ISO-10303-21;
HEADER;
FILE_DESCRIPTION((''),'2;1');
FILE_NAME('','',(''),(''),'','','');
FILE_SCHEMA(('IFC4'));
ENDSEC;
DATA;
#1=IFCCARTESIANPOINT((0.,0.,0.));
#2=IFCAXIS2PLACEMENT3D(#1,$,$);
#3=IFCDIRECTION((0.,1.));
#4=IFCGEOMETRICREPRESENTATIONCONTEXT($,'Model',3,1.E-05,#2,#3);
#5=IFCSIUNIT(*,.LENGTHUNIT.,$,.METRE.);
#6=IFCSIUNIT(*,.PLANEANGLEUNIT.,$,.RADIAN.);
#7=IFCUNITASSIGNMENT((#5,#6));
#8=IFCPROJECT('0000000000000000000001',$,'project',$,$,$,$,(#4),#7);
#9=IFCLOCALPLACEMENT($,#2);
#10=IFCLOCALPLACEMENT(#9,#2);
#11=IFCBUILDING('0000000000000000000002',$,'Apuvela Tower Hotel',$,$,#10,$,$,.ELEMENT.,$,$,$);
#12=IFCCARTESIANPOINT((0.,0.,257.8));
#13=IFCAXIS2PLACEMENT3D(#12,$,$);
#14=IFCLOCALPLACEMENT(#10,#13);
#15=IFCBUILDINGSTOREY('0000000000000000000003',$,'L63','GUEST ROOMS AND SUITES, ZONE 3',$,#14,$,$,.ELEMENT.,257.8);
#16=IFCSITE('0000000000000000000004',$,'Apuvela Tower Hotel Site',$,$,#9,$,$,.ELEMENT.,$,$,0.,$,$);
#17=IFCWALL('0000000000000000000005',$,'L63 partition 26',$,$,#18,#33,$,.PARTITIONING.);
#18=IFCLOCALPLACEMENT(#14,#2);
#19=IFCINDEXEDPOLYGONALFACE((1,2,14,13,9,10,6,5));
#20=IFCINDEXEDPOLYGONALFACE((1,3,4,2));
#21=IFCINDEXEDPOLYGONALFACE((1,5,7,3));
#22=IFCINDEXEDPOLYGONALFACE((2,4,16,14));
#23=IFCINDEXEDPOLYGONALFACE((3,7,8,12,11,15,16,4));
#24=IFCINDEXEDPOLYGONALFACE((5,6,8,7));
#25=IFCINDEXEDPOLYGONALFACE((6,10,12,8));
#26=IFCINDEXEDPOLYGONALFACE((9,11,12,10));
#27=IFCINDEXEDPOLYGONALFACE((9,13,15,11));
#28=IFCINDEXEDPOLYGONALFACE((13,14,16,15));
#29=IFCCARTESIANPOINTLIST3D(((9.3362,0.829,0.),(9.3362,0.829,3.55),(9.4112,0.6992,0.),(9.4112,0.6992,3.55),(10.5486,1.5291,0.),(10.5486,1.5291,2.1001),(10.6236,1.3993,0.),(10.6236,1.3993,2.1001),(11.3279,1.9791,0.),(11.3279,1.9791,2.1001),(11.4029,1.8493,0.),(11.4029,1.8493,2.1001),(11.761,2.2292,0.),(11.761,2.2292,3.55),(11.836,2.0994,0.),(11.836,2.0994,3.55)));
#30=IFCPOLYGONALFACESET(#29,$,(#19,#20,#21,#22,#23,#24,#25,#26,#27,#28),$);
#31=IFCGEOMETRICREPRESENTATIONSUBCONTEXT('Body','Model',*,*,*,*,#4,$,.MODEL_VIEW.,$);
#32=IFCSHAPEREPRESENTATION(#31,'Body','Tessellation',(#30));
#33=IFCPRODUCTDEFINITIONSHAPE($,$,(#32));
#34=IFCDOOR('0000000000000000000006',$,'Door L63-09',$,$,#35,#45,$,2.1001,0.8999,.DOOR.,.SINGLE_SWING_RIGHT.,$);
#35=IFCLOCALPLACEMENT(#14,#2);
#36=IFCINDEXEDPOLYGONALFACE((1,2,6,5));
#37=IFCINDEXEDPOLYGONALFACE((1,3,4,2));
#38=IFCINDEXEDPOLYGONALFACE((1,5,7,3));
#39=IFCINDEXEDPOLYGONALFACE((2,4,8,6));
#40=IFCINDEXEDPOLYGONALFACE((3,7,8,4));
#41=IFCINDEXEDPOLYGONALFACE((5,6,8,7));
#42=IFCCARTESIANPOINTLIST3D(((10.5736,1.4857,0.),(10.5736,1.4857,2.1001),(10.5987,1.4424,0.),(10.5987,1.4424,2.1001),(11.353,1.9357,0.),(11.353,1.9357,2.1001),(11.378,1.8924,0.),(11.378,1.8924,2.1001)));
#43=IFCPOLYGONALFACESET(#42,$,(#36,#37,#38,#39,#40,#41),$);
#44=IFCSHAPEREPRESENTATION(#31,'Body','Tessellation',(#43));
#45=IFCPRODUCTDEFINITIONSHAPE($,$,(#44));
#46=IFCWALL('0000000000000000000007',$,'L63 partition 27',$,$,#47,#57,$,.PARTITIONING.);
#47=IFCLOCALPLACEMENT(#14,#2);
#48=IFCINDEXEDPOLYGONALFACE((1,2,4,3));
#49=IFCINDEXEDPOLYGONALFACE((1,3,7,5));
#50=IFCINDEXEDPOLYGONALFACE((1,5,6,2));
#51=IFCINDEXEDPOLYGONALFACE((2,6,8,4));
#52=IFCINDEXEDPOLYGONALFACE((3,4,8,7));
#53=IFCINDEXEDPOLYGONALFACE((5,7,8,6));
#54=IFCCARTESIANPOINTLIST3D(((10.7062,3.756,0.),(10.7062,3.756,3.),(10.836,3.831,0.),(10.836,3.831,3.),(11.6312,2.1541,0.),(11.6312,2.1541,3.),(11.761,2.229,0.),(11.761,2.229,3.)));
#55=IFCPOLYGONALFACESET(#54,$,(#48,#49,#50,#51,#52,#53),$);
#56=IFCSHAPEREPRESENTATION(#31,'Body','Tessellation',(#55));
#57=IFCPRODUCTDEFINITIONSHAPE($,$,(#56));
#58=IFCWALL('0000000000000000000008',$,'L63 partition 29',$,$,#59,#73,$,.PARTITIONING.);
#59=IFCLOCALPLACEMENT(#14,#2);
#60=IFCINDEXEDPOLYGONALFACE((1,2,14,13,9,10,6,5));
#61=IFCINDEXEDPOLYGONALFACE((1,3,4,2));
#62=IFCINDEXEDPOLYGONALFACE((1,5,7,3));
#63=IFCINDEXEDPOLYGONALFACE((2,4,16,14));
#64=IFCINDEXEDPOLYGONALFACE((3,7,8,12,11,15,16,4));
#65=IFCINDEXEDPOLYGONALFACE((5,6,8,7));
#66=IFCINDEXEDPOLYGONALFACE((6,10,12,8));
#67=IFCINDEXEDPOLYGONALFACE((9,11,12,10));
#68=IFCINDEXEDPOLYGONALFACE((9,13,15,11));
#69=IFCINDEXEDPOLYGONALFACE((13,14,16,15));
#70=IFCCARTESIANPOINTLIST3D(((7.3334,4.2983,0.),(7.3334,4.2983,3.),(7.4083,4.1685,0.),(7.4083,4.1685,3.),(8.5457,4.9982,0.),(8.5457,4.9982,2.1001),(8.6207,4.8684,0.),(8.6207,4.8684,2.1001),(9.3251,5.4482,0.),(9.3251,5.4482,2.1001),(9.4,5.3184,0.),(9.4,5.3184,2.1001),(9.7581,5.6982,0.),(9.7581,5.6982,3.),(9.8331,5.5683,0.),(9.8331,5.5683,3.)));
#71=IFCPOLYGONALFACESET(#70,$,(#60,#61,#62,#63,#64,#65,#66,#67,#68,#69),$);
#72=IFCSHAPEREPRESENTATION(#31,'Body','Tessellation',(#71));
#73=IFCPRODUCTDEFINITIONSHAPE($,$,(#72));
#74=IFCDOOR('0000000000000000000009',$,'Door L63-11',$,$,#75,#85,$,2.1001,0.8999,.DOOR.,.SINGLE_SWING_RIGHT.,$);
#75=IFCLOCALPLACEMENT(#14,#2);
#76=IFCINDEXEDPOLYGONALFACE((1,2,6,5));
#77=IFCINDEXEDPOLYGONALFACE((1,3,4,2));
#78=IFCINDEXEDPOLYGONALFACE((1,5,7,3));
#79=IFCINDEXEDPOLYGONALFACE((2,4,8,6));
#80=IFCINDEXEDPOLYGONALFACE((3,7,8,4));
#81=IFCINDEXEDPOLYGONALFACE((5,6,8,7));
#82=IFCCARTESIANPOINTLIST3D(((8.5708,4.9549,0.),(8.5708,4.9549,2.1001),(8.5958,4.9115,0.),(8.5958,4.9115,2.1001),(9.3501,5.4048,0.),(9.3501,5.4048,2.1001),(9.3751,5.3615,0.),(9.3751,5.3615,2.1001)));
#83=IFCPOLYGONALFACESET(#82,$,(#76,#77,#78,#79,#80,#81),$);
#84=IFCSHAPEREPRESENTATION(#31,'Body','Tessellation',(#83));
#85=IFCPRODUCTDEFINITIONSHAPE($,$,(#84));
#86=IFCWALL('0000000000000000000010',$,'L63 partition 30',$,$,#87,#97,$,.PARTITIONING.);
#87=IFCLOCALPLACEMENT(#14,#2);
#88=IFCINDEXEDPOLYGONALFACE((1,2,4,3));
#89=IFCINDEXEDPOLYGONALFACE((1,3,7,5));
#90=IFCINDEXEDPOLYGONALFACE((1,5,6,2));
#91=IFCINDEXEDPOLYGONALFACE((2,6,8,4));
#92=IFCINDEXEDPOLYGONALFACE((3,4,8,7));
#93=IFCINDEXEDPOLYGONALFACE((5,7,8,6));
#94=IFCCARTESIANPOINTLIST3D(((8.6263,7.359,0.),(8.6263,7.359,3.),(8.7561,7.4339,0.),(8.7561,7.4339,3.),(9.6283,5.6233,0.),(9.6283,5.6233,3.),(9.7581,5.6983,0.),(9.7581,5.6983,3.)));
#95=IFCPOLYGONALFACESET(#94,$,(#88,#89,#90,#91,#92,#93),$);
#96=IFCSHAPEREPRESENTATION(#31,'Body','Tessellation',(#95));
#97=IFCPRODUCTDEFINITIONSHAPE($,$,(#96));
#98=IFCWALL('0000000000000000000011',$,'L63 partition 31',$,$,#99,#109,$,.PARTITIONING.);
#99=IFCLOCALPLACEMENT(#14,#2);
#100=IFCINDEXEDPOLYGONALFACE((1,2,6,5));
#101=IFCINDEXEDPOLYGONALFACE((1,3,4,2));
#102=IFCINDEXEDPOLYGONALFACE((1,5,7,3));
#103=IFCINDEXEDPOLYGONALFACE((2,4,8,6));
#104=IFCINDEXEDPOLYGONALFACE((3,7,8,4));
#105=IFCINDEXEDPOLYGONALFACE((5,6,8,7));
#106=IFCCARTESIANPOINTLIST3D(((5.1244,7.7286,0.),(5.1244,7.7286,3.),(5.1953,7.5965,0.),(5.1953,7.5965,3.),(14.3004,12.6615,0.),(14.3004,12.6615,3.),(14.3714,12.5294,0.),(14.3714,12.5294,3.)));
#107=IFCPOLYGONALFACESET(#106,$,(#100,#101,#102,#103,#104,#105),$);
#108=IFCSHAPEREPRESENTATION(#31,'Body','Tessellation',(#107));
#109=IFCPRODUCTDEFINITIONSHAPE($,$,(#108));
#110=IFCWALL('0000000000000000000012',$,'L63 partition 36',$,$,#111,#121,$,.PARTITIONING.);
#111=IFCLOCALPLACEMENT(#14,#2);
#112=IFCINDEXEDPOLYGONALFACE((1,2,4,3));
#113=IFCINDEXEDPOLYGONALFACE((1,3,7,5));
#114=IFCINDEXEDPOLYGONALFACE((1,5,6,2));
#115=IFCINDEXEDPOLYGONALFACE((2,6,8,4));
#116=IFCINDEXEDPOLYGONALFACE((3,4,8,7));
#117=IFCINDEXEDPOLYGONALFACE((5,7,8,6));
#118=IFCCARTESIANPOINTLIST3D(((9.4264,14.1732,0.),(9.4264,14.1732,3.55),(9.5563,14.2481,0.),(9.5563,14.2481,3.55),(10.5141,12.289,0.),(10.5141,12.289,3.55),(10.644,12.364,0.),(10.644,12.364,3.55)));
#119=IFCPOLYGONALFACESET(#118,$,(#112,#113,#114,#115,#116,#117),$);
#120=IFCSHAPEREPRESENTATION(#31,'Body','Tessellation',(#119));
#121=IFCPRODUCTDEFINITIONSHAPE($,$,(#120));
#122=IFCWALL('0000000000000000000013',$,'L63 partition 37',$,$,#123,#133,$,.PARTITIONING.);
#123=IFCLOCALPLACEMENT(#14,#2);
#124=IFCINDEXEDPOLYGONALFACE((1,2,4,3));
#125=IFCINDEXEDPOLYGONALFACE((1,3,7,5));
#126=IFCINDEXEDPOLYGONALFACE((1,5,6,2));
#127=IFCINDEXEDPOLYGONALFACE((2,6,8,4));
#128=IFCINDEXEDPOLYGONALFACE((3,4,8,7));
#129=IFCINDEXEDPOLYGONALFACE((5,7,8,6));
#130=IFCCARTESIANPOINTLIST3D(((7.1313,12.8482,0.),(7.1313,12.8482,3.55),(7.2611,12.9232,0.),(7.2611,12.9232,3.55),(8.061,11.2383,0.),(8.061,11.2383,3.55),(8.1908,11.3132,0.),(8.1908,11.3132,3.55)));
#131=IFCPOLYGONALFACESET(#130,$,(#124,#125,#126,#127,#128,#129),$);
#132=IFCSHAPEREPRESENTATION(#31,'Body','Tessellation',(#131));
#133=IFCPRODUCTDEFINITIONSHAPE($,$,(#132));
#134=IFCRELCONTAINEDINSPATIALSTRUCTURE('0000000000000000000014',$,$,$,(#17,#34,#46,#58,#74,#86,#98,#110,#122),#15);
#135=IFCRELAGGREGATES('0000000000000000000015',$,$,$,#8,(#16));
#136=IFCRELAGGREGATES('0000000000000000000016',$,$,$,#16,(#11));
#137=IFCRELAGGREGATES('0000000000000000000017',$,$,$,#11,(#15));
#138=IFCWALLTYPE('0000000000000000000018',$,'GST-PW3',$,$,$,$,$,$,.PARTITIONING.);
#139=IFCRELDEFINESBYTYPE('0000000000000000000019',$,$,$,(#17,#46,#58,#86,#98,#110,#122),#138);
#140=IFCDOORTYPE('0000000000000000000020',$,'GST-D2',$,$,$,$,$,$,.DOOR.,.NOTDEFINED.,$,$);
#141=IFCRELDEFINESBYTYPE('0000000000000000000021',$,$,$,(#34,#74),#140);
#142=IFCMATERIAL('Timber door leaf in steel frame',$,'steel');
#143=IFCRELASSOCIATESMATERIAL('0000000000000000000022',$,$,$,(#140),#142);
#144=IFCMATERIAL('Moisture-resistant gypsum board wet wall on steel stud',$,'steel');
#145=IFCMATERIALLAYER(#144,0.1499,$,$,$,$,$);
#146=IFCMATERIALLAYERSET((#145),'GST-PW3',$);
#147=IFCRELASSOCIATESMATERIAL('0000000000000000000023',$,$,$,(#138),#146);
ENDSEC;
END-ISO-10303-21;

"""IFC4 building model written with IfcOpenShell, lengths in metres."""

from ifc_helpers import new_model, si_unit, direction, frame, frame_2d, origin, place, context, subcontext, project, spatial, rectangle, extrude, material, layer, layer_set, type_object, element, fill, save


model = new_model("IFC4")

# Units and contexts
model_context = context("Model", 3, precision=1e-05, world=origin(), true_north=direction((0.0, 1.0)))
body_context = subcontext(model_context, "Body", "Model", "MODEL_VIEW")
ifc_project = project(units=[si_unit("LENGTHUNIT", "METRE"), si_unit("PLANEANGLEUNIT", "RADIAN")], contexts=[model_context])

# Site, building, storey
site_placement = place(None, origin())
site = spatial("IfcSite", under=ifc_project, at=site_placement, Name="Apuvela Tower Hotel Site", CompositionType="ELEMENT", RefElevation=0.0)
building_placement = place(site_placement, origin())
building = spatial("IfcBuilding", under=site, at=building_placement, Name="Apuvela Tower Hotel", CompositionType="ELEMENT")
storey_placement = place(building_placement, frame((0.0, 0.0, 257.8)))
storey = spatial("IfcBuildingStorey", under=building, at=storey_placement, Name="L63", Description="GUEST ROOMS AND SUITES, ZONE 3", CompositionType="ELEMENT", Elevation=257.8)

# Wall, opening, door
ifc_material_1 = material(Name="Timber door leaf in steel frame", Category="steel")
door_type_1 = type_object("IfcDoorType", Name="GST-D2", OperationType="NOTDEFINED", PredefinedType="DOOR", material=ifc_material_1)
ifc_material_2 = material(Name="Moisture-resistant gypsum board wet wall on steel stud", Category="steel")
ifc_layer_1 = layer(ifc_material_2, 0.1499)
ifc_layer_set_1 = layer_set([ifc_layer_1], Name="GST-PW3")
wall_type_1 = type_object("IfcWallType", Name="GST-PW3", PredefinedType="PARTITIONING", material=ifc_layer_set_1)
wall_1_placement = place(storey_placement, frame((9.3738, 0.7642, 0.0), z_axis=(0.0, 0.0, 1.0), x_axis=(0.865997, 0.50005, 0.0)))
wall_1 = element("IfcWall", 1, at=wall_1_placement, inside=storey, type_object=wall_type_1, Name="L63 partition 26", PredefinedType="PARTITIONING", context=body_context, shape_type="SweptSolid", body=[
    extrude(rectangle(XDim=2.8, YDim=0.1499, at=frame_2d((1.3999, 0.0))), origin(), (0.0, 0.0, 1.0), 3.55),
])
opening_1_placement = place(wall_1_placement, frame((1.3999, 0.0, 0.0)))
opening_1 = element("IfcOpeningElement", 2, at=opening_1_placement, cuts=wall_1, PredefinedType="OPENING", context=body_context, shape_type="SweptSolid", body=[
    extrude(rectangle(XDim=0.8999, YDim=2.1001, at=frame_2d((0.45, 1.05))), frame((0.0, 0.085, 0.0), z_axis=(0.0, -1.0, 0.0), x_axis=(1.0, 0.0, 0.0)), (0.0, 0.0, 1.0), 0.1699),
])
door_1_placement = place(opening_1_placement, origin())
door_1 = element("IfcDoor", 3, at=door_1_placement, inside=storey, type_object=door_type_1, Name="Door L63-09", OperationType="SINGLE_SWING_RIGHT", OverallHeight=2.1001, OverallWidth=0.8999, PredefinedType="DOOR", context=body_context, shape_type="SweptSolid", body=[
    extrude(rectangle(XDim=0.8999, YDim=2.1001, at=frame_2d((0.45, 1.05))), frame((0.0, 0.0249, 0.0), z_axis=(0.0, -1.0, 0.0), x_axis=(1.0, 0.0, 0.0)), (0.0, 0.0, 1.0), 0.05),
])
fill(opening_1, door_1)

# Wall
wall_2_placement = place(storey_placement, frame((11.696, 2.1917, 0.0), z_axis=(0.0, 0.0, 1.0), x_axis=(-0.500042, 0.866001, 0.0)))
element("IfcWall", 4, at=wall_2_placement, inside=storey, type_object=wall_type_1, Name="L63 partition 27", PredefinedType="PARTITIONING", context=body_context, shape_type="SweptSolid", body=[
    extrude(rectangle(XDim=1.8499, YDim=0.1499, at=frame_2d((0.9248, 0.0))), origin(), (0.0, 0.0, 1.0), 3.0),
])

# Wall, opening, door
wall_3_placement = place(storey_placement, frame((7.3708, 4.2334, 0.0), z_axis=(0.0, 0.0, 1.0), x_axis=(0.866035, 0.499984, 0.0)))
wall_3 = element("IfcWall", 5, at=wall_3_placement, inside=storey, type_object=wall_type_1, Name="L63 partition 29", PredefinedType="PARTITIONING", context=body_context, shape_type="SweptSolid", body=[
    extrude(rectangle(XDim=2.7998, YDim=0.1499, at=frame_2d((1.3999, 0.0))), origin(), (0.0, 0.0, 1.0), 3.0),
])
opening_2_placement = place(wall_3_placement, frame((1.3999, 0.0, 0.0)))
opening_2 = element("IfcOpeningElement", 6, at=opening_2_placement, cuts=wall_3, PredefinedType="OPENING", context=body_context, shape_type="SweptSolid", body=[
    extrude(rectangle(XDim=0.8999, YDim=2.1001, at=frame_2d((0.45, 1.05))), frame((0.0, 0.085, 0.0), z_axis=(0.0, -1.0, 0.0), x_axis=(1.0, 0.0, 0.0)), (0.0, 0.0, 1.0), 0.1699),
])
door_2_placement = place(opening_2_placement, origin())
door_2 = element("IfcDoor", 7, at=door_2_placement, inside=storey, type_object=door_type_1, Name="Door L63-11", OperationType="SINGLE_SWING_RIGHT", OverallHeight=2.1001, OverallWidth=0.8999, PredefinedType="DOOR", context=body_context, shape_type="SweptSolid", body=[
    extrude(rectangle(XDim=0.8999, YDim=2.1001, at=frame_2d((0.45, 1.05))), frame((0.0, 0.0249, 0.0), z_axis=(0.0, -1.0, 0.0), x_axis=(1.0, 0.0, 0.0)), (0.0, 0.0, 1.0), 0.05),
])
fill(opening_2, door_2)

# Walls
wall_4_placement = place(storey_placement, frame((9.6931, 5.6609, 0.0), z_axis=(0.0, 0.0, 1.0), x_axis=(-0.499965, 0.866046, 0.0)))
element("IfcWall", 8, at=wall_4_placement, inside=storey, type_object=wall_type_1, Name="L63 partition 30", PredefinedType="PARTITIONING", context=body_context, shape_type="SweptSolid", body=[
    extrude(rectangle(XDim=2.0042, YDim=0.1499, at=frame_2d((1.002, 0.0))), origin(), (0.0, 0.0, 1.0), 3.0),
])
wall_5_placement = place(storey_placement, frame((14.3359, 12.5955, 0.0), z_axis=(0.0, 0.0, 1.0), x_axis=(-0.880794, -0.473499, 0.0)))
element("IfcWall", 9, at=wall_5_placement, inside=storey, type_object=wall_type_1, Name="L63 partition 31", PredefinedType="PARTITIONING", context=body_context, shape_type="SweptSolid", body=[
    extrude(rectangle(XDim=10.418, YDim=0.1499, at=frame_2d((5.209, 0.0))), origin(), (0.0, 0.0, 1.0), 3.0),
])
wall_6_placement = place(storey_placement, frame((10.5791, 12.3264, 0.0), z_axis=(0.0, 0.0, 1.0), x_axis=(-0.499965, 0.866045, 0.0)))
element("IfcWall", 10, at=wall_6_placement, inside=storey, type_object=wall_type_1, Name="L63 partition 36", PredefinedType="PARTITIONING", context=body_context, shape_type="SweptSolid", body=[
    extrude(rectangle(XDim=2.1755, YDim=0.1499, at=frame_2d((1.0879, 0.0))), origin(), (0.0, 0.0, 1.0), 3.55),
])
wall_7_placement = place(storey_placement, frame((8.126, 11.2756, 0.0), z_axis=(0.0, 0.0, 1.0), x_axis=(-0.500094, 0.865971, 0.0)))
element("IfcWall", 11, at=wall_7_placement, inside=storey, type_object=wall_type_1, Name="L63 partition 37", PredefinedType="PARTITIONING", context=body_context, shape_type="SweptSolid", body=[
    extrude(rectangle(XDim=1.8591, YDim=0.1499, at=frame_2d((0.9297, 0.0))), origin(), (0.0, 0.0, 1.0), 3.55),
])

save(model, "model.ifc")
